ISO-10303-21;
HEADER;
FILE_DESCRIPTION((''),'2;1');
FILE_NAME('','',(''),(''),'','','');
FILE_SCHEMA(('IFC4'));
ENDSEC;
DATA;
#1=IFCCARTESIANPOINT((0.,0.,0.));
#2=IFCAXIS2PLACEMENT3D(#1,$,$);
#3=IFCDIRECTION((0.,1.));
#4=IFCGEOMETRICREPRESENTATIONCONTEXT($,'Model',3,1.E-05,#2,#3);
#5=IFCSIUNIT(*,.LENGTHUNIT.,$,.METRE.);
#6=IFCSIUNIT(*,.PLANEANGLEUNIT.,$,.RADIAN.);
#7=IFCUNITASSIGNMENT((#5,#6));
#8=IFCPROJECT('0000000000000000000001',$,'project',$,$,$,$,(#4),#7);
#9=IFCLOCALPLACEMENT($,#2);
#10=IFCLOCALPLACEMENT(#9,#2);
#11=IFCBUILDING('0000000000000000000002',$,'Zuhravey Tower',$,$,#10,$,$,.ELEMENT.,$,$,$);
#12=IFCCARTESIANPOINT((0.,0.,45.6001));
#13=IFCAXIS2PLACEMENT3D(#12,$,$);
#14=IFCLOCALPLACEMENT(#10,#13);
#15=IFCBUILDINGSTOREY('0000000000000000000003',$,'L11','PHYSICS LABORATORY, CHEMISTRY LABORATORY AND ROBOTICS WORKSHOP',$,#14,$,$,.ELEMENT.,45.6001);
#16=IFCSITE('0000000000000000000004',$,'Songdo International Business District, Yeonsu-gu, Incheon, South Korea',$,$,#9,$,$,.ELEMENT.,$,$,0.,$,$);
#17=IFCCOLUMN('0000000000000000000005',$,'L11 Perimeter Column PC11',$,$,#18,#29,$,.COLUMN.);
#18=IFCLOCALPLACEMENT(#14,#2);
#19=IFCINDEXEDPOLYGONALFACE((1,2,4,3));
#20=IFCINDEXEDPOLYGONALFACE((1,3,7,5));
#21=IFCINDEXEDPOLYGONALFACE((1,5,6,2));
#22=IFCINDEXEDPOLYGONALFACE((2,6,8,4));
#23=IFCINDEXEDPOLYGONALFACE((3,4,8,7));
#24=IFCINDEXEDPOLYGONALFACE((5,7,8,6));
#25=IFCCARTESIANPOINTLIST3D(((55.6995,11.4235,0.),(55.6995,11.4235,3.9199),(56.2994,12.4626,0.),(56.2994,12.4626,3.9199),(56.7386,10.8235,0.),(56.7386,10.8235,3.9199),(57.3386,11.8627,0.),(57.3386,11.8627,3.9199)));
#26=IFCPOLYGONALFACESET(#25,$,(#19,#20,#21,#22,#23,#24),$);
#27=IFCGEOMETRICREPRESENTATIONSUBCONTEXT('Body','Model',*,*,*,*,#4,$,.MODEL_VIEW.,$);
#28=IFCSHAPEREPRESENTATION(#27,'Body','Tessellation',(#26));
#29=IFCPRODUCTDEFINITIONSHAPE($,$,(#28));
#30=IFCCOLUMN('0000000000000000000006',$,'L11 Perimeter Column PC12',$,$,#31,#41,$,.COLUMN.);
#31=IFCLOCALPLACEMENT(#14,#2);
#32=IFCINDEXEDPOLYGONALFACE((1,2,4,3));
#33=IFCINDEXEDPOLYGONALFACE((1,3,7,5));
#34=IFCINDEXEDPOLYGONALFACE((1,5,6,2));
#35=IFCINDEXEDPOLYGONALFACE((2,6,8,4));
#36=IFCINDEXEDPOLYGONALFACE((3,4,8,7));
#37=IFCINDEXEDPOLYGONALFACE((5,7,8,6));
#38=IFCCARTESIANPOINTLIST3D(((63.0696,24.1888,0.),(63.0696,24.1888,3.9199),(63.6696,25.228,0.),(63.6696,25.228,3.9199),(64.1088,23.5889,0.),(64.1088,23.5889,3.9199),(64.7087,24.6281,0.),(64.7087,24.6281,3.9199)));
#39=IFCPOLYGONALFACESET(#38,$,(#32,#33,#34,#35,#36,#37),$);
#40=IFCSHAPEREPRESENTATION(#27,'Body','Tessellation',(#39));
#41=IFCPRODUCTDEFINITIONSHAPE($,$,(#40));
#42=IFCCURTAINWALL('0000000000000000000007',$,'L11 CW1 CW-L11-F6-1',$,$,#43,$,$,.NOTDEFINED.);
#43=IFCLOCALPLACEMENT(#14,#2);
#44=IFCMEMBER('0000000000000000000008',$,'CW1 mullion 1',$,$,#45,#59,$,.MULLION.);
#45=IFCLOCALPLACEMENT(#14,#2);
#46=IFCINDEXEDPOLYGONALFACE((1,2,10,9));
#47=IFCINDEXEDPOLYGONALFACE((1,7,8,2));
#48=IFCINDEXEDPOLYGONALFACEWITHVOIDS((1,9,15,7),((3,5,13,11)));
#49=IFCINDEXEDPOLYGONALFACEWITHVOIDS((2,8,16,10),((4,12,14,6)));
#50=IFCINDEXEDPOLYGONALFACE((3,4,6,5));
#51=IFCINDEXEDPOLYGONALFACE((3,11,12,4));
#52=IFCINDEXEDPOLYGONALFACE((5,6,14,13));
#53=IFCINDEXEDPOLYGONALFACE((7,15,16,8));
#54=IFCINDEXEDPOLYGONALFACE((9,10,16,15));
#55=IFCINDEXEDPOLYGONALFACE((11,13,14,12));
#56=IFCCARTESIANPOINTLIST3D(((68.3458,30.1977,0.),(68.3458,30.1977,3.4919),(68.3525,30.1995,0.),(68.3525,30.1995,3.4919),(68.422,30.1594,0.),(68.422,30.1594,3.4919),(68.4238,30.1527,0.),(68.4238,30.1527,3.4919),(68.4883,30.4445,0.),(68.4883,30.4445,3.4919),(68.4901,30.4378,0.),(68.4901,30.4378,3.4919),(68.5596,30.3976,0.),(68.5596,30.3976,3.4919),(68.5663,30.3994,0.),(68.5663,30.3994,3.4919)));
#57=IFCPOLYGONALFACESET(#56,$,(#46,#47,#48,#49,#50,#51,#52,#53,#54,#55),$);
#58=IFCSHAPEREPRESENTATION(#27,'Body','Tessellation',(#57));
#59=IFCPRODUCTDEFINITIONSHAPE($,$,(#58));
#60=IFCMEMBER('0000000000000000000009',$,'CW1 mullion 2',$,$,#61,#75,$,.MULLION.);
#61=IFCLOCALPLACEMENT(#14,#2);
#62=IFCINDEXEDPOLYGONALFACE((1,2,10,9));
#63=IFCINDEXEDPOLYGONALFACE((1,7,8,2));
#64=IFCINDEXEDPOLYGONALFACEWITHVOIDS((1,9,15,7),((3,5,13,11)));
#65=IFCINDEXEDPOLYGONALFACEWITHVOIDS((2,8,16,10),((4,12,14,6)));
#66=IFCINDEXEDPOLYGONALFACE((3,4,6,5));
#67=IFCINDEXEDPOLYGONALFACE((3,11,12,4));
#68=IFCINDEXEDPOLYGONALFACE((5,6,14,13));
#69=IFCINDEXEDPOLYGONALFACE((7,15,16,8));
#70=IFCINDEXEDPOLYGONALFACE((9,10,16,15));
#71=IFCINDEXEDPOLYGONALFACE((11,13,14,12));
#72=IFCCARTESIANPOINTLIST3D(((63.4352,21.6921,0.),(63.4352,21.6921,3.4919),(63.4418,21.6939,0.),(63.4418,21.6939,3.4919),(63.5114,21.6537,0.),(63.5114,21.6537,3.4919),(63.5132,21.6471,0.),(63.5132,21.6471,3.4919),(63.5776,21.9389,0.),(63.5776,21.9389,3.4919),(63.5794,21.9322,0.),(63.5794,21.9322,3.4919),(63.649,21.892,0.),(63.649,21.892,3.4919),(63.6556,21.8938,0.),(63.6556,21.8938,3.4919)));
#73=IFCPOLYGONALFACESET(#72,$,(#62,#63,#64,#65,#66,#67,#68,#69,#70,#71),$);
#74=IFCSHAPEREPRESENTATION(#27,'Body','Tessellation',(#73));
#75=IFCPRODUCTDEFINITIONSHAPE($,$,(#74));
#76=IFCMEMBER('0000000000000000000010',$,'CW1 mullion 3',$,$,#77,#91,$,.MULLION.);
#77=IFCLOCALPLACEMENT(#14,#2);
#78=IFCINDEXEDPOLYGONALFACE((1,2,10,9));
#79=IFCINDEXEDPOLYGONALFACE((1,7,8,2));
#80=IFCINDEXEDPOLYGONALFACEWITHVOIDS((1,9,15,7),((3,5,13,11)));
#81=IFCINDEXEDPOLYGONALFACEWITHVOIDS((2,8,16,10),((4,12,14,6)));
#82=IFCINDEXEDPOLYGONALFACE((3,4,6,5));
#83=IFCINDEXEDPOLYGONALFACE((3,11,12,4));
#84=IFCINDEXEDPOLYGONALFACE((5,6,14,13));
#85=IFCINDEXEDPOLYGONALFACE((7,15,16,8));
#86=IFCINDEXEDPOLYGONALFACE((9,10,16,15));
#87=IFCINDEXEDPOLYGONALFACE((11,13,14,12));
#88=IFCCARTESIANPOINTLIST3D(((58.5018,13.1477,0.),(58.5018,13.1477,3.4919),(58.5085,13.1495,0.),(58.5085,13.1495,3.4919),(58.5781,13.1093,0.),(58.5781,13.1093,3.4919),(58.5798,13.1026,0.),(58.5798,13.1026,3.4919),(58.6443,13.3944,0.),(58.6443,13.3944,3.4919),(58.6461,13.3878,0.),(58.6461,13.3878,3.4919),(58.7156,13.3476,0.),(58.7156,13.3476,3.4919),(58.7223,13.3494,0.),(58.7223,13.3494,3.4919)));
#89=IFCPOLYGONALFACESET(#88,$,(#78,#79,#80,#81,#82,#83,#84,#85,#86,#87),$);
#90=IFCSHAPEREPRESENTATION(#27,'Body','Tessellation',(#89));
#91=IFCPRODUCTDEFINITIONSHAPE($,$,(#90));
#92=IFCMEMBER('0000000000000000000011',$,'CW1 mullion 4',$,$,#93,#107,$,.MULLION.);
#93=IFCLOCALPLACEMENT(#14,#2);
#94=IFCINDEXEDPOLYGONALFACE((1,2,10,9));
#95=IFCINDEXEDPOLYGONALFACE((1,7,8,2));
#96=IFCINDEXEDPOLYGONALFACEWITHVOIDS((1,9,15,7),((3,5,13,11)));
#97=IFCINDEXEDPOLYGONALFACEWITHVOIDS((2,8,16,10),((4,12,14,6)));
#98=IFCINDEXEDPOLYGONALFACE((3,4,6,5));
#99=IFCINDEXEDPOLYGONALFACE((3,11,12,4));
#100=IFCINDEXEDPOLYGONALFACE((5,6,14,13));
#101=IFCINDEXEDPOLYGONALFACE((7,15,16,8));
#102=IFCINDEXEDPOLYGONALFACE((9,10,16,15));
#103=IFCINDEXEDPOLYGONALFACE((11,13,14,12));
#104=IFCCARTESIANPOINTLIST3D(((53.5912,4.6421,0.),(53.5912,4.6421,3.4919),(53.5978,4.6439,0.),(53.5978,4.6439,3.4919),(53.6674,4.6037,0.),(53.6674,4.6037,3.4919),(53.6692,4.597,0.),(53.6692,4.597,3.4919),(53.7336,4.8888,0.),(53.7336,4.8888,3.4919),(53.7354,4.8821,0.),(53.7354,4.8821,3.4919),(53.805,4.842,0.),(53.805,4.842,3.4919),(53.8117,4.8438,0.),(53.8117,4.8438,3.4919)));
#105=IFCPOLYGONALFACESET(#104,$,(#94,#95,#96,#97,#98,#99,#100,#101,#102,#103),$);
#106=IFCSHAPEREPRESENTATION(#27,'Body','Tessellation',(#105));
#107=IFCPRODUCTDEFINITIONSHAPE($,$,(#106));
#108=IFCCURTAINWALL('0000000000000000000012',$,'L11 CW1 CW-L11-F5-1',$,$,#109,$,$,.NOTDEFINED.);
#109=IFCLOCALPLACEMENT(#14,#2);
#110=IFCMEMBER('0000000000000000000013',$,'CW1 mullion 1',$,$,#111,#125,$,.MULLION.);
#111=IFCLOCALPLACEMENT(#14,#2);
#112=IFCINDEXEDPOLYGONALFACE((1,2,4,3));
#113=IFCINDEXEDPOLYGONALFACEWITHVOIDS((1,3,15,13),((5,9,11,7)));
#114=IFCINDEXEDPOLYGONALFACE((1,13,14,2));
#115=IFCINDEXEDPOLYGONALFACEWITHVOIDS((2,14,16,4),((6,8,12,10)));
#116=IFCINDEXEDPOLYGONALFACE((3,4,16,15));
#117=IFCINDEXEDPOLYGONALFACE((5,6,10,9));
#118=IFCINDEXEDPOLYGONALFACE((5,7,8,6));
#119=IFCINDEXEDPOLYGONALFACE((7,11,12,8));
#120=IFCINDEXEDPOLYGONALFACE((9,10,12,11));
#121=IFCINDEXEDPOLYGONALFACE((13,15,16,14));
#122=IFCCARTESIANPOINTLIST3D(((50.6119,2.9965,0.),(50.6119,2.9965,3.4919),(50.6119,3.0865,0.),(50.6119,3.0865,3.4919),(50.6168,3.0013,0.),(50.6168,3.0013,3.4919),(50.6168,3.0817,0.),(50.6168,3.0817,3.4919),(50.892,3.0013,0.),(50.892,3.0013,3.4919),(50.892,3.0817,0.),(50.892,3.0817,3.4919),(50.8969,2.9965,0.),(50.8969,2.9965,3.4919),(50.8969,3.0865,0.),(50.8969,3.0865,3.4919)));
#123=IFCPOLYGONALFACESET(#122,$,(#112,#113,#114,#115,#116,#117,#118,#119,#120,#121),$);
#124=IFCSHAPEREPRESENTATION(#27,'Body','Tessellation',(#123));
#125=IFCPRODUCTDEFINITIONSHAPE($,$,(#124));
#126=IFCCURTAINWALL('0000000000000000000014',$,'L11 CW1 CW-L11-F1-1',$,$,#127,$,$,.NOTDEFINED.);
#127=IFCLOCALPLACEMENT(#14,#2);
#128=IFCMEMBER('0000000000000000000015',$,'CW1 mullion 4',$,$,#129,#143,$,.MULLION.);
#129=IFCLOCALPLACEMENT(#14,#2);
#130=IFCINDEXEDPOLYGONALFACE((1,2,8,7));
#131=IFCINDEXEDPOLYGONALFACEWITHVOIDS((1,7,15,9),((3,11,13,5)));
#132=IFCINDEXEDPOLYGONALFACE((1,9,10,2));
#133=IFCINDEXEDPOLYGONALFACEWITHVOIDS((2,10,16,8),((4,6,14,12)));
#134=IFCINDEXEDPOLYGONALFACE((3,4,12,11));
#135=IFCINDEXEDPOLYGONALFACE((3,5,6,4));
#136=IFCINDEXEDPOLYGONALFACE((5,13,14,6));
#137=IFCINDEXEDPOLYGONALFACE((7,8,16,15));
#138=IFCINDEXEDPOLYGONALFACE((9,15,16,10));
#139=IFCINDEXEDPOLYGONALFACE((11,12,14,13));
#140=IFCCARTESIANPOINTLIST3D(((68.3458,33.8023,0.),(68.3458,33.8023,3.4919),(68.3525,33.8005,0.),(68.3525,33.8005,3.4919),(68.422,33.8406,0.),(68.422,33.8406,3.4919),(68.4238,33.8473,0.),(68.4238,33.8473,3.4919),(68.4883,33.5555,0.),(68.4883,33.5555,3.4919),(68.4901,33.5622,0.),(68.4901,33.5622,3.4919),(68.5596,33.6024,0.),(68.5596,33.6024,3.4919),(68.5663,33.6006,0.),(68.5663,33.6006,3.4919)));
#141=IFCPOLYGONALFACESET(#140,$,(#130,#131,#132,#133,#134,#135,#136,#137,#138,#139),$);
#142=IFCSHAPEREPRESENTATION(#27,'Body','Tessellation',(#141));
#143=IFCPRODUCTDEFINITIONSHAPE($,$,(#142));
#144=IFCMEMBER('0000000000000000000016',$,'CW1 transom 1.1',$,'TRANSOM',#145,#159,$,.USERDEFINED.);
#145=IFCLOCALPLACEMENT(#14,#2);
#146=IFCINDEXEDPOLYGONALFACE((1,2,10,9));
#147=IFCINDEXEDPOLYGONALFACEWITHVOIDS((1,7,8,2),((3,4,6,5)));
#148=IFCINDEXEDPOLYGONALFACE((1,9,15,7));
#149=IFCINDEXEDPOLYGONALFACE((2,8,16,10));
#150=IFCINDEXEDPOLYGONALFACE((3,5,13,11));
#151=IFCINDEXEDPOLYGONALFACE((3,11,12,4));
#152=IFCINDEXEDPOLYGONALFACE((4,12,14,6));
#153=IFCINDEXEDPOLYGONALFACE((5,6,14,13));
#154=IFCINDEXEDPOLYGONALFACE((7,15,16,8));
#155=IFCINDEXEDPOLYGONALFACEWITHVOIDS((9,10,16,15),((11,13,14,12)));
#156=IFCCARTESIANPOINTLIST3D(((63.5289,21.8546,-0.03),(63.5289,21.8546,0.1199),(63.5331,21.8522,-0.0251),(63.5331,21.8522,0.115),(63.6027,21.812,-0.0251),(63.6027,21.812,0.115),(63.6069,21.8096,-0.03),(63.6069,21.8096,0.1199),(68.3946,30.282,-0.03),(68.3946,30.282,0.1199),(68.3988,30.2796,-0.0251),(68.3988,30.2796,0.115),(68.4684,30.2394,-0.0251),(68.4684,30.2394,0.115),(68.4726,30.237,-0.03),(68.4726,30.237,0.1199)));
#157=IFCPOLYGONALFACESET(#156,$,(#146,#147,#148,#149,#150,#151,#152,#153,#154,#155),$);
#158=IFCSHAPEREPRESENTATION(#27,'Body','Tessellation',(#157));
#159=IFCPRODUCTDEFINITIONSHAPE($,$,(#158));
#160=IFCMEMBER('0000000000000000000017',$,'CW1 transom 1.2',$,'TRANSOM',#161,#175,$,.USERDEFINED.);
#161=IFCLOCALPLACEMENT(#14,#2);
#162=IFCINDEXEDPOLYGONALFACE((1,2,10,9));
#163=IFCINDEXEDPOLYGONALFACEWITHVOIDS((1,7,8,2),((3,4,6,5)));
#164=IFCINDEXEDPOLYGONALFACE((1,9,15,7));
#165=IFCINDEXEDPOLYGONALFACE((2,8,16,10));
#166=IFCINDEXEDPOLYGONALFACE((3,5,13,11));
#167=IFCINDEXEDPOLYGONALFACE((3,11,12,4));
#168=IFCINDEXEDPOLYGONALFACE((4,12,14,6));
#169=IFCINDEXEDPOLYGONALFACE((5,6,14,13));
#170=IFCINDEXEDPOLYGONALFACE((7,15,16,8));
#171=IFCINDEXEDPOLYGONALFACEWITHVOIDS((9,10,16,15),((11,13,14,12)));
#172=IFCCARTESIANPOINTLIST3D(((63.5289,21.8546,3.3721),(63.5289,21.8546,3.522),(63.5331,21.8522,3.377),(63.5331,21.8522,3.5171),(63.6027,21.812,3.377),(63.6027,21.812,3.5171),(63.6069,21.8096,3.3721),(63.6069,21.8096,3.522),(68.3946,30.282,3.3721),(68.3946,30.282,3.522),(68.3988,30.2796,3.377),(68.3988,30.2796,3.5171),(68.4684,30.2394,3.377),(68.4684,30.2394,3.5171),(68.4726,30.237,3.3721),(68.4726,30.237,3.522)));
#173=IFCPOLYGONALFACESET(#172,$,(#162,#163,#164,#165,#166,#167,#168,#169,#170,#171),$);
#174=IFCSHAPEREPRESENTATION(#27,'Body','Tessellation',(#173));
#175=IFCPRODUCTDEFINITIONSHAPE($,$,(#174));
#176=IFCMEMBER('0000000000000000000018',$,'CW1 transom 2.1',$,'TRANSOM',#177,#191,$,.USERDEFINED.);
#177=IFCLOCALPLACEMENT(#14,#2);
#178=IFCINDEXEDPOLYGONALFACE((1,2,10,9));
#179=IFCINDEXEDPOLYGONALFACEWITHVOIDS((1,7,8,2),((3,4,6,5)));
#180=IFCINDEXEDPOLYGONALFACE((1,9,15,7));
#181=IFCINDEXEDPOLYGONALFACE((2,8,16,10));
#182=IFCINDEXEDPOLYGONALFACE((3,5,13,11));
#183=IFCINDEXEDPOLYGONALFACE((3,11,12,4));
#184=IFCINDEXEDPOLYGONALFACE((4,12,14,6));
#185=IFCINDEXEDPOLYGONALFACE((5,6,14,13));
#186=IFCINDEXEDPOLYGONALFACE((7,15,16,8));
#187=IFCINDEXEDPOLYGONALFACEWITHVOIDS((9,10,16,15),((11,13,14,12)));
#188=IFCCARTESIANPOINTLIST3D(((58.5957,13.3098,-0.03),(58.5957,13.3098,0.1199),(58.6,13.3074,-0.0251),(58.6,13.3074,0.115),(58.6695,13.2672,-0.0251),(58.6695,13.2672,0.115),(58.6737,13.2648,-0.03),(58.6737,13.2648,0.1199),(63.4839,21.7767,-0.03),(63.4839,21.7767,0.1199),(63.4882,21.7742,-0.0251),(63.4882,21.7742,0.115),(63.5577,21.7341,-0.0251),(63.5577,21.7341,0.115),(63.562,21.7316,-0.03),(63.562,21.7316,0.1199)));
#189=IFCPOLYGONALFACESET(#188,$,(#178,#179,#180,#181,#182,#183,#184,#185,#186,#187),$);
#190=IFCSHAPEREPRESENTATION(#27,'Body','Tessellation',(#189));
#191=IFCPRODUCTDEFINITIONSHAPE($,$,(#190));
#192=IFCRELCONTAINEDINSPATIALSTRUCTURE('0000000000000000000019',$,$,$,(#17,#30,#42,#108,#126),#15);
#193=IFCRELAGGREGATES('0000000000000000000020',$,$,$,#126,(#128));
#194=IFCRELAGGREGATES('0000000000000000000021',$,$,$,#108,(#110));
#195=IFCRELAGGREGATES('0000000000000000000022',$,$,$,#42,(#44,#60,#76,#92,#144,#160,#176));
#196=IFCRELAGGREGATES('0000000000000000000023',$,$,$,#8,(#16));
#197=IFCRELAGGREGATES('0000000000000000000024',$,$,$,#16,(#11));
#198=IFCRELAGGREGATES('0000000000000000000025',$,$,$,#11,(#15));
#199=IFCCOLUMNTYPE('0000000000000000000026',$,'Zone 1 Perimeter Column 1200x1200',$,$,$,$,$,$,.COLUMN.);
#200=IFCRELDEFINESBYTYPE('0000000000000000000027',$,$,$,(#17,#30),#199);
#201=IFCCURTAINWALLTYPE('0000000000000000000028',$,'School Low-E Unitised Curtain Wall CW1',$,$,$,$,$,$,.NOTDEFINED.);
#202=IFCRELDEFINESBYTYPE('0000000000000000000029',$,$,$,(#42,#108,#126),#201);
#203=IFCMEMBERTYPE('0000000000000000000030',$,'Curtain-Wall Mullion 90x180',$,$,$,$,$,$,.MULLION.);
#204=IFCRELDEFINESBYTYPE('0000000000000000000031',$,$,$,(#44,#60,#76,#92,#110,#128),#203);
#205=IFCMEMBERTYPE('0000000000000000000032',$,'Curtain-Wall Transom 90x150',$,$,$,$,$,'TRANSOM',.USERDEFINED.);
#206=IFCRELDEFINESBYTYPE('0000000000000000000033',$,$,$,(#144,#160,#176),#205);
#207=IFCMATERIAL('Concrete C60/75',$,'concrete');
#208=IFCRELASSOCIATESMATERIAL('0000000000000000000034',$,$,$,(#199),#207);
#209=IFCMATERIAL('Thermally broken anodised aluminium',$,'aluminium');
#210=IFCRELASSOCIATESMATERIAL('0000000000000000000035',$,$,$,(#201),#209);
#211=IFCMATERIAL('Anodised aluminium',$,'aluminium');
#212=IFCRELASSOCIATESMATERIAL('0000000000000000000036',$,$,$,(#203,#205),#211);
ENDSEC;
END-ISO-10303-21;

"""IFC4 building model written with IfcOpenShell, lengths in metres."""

from ifc_helpers import new_model, si_unit, direction, frame, origin, origin_2d, place, context, subcontext, project, spatial, rectangle, hollow_rectangle, extrude, material, material_profile, profile_set, type_object, element, aggregate, save


model = new_model("IFC4")

# Units and contexts
model_context = context("Model", 3, precision=1e-05, world=origin(), true_north=direction((0.0, 1.0)))
body_context = subcontext(model_context, "Body", "Model", "MODEL_VIEW")
ifc_project = project(units=[si_unit("LENGTHUNIT", "METRE"), si_unit("PLANEANGLEUNIT", "RADIAN")], contexts=[model_context])

# Site, building, storey
site_placement = place(None, origin())
site = spatial("IfcSite", under=ifc_project, at=site_placement, Name="Songdo International Business District, Yeonsu-gu, Incheon, South Korea", CompositionType="ELEMENT", RefElevation=0.0)
building_placement = place(site_placement, origin())
building = spatial("IfcBuilding", under=site, at=building_placement, Name="Zuhravey Tower", CompositionType="ELEMENT")
storey_placement = place(building_placement, frame((0.0, 0.0, 45.6001)))
storey = spatial("IfcBuildingStorey", under=building, at=storey_placement, Name="L11", Description="PHYSICS LABORATORY, CHEMISTRY LABORATORY AND ROBOTICS WORKSHOP", CompositionType="ELEMENT", Elevation=45.6001)

# Columns
ifc_material_1 = material(Name="Concrete C60/75", Category="concrete")
ifc_material_profile_1 = material_profile(ifc_material_1, rectangle(XDim=1.2, YDim=1.2, at=origin_2d()), Name="RC-1200x1200")
ifc_profile_set_1 = profile_set([ifc_material_profile_1], Name="Concrete C60/75")
column_type = type_object("IfcColumnType", Name="Zone 1 Perimeter Column 1200x1200", PredefinedType="COLUMN", material=ifc_profile_set_1)
for number, where, z_axis, x_axis, name in (
    (1, (56.519, 11.6431, 0.0), (0.0, 0.0, 1.0), (0.5, 0.866025, 0.0), "L11 Perimeter Column PC11"),
    (2, (63.8892, 24.4084, 0.0), (0.0, 0.0, 1.0), (0.5, 0.866025, 0.0), "L11 Perimeter Column PC12"),
):
    element("IfcColumn", number, at=place(storey_placement, frame(where, z_axis=z_axis, x_axis=x_axis)), inside=storey, type_object=column_type, Name=name, PredefinedType="COLUMN", context=body_context, shape_type="SweptSolid", body=[
        extrude(rectangle(XDim=1.2, YDim=1.2, at=origin_2d()), origin(), (0.0, 0.0, 1.0), 3.9199),
    ])

# Curtain wall, members
ifc_material_2 = material(Name="Thermally broken anodised aluminium", Category="aluminium")
curtain_wall_type = type_object("IfcCurtainWallType", Name="School Low-E Unitised Curtain Wall CW1", PredefinedType="NOTDEFINED", material=ifc_material_2)
curtain_wall_1_placement = place(storey_placement, origin())
curtain_wall_1 = element("IfcCurtainWall", 3, at=curtain_wall_1_placement, inside=storey, type_object=curtain_wall_type, Name="L11 CW1 CW-L11-F6-1", PredefinedType="NOTDEFINED")
ifc_material_3 = material(Name="Anodised aluminium", Category="aluminium")
ifc_material_profile_2 = material_profile(ifc_material_3, hollow_rectangle(XDim=0.0901, YDim=0.2849, WallThickness=0.0049, at=origin_2d()), Name="ALU-RHS-90x285x5")
ifc_profile_set_2 = profile_set([ifc_material_profile_2], Name="Anodised aluminium")
member_type_1 = type_object("IfcMemberType", Name="Curtain-Wall Mullion 90x180", PredefinedType="MULLION", material=ifc_profile_set_2)
member_1_placement = place(storey_placement, frame((68.4561, 30.2986, 0.0), z_axis=(0.0, 0.0, 1.0), x_axis=(0.866026, -0.5, 0.0)))
member_1 = element("IfcMember", 4, at=member_1_placement, type_object=member_type_1, Name="CW1 mullion 1", PredefinedType="MULLION", context=body_context, shape_type="SweptSolid", body=[
    extrude(hollow_rectangle(XDim=0.0901, YDim=0.2849, WallThickness=0.0049, at=origin_2d()), origin(), (0.0, 0.0, 1.0), 3.4919),
])
member_2_placement = place(storey_placement, frame((63.5454, 21.793, 0.0), z_axis=(0.0, 0.0, 1.0), x_axis=(0.866026, -0.5, 0.0)))
member_2 = element("IfcMember", 5, at=member_2_placement, type_object=member_type_1, Name="CW1 mullion 2", PredefinedType="MULLION", context=body_context, shape_type="SweptSolid", body=[
    extrude(hollow_rectangle(XDim=0.0901, YDim=0.2849, WallThickness=0.0049, at=origin_2d()), origin(), (0.0, 0.0, 1.0), 3.4919),
])
member_3_placement = place(storey_placement, frame((58.6121, 13.2485, 0.0), z_axis=(0.0, 0.0, 1.0), x_axis=(0.866026, -0.5, 0.0)))
member_3 = element("IfcMember", 6, at=member_3_placement, type_object=member_type_1, Name="CW1 mullion 3", PredefinedType="MULLION", context=body_context, shape_type="SweptSolid", body=[
    extrude(hollow_rectangle(XDim=0.0901, YDim=0.2849, WallThickness=0.0049, at=origin_2d()), origin(), (0.0, 0.0, 1.0), 3.4919),
])
member_4_placement = place(storey_placement, frame((53.7014, 4.7429, 0.0), z_axis=(0.0, 0.0, 1.0), x_axis=(0.866026, -0.5, 0.0)))
member_4 = element("IfcMember", 7, at=member_4_placement, type_object=member_type_1, Name="CW1 mullion 4", PredefinedType="MULLION", context=body_context, shape_type="SweptSolid", body=[
    extrude(hollow_rectangle(XDim=0.0901, YDim=0.2849, WallThickness=0.0049, at=origin_2d()), origin(), (0.0, 0.0, 1.0), 3.4919),
])

# Curtain walls, members
curtain_wall_2_placement = place(storey_placement, origin())
curtain_wall_2 = element("IfcCurtainWall", 8, at=curtain_wall_2_placement, inside=storey, type_object=curtain_wall_type, Name="L11 CW1 CW-L11-F5-1", PredefinedType="NOTDEFINED")
member_5_placement = place(storey_placement, frame((50.7544, 3.0415, 0.0), z_axis=(0.0, 0.0, 1.0), x_axis=(0.0, -1.0, 0.0)))
member_5 = element("IfcMember", 9, at=member_5_placement, type_object=member_type_1, Name="CW1 mullion 1", PredefinedType="MULLION", context=body_context, shape_type="SweptSolid", body=[
    extrude(hollow_rectangle(XDim=0.0901, YDim=0.2849, WallThickness=0.0049, at=origin_2d()), origin(), (0.0, 0.0, 1.0), 3.4919),
])
curtain_wall_3_placement = place(storey_placement, origin())
curtain_wall_3 = element("IfcCurtainWall", 10, at=curtain_wall_3_placement, inside=storey, type_object=curtain_wall_type, Name="L11 CW1 CW-L11-F1-1", PredefinedType="NOTDEFINED")
member_6_placement = place(storey_placement, frame((68.4561, 33.7014, 0.0), z_axis=(0.0, 0.0, 1.0), x_axis=(0.866026, 0.5, 0.0)))
member_6 = element("IfcMember", 11, at=member_6_placement, type_object=member_type_1, Name="CW1 mullion 4", PredefinedType="MULLION", context=body_context, shape_type="SweptSolid", body=[
    extrude(hollow_rectangle(XDim=0.0901, YDim=0.2849, WallThickness=0.0049, at=origin_2d()), origin(), (0.0, 0.0, 1.0), 3.4919),
])
aggregate(curtain_wall_3, [member_6])

# Members
ifc_material_profile_3 = material_profile(ifc_material_3, hollow_rectangle(XDim=0.0901, YDim=0.1499, WallThickness=0.0049, at=origin_2d()), Name="ALU-RHS-90x150x5")
ifc_profile_set_3 = profile_set([ifc_material_profile_3], Name="Anodised aluminium")
member_type_2 = type_object("IfcMemberType", Name="Curtain-Wall Transom 90x150", ElementType="TRANSOM", PredefinedType="USERDEFINED", material=ifc_profile_set_3)
member_7_placement = place(storey_placement, frame((68.4336, 30.2595, 0.0449), z_axis=(-0.500008, -0.866021, 0.0), x_axis=(0.866021, -0.500008, 0.0)))
member_7 = element("IfcMember", 12, at=member_7_placement, type_object=member_type_2, Name="CW1 transom 1.1", ObjectType="TRANSOM", PredefinedType="USERDEFINED", context=body_context, shape_type="SweptSolid", body=[
    extrude(hollow_rectangle(XDim=0.0901, YDim=0.1499, WallThickness=0.0049, at=origin_2d()), origin(), (0.0, 0.0, 1.0), 9.7312),
])
member_8_placement = place(storey_placement, frame((68.4336, 30.2595, 3.447), z_axis=(-0.500008, -0.866021, 0.0), x_axis=(0.866021, -0.500008, 0.0)))
member_8 = element("IfcMember", 13, at=member_8_placement, type_object=member_type_2, Name="CW1 transom 1.2", ObjectType="TRANSOM", PredefinedType="USERDEFINED", context=body_context, shape_type="SweptSolid", body=[
    extrude(hollow_rectangle(XDim=0.0901, YDim=0.1499, WallThickness=0.0049, at=origin_2d()), origin(), (0.0, 0.0, 1.0), 9.7312),
])
member_9_placement = place(storey_placement, frame((63.5229, 21.7542, 0.0449), z_axis=(-0.49999, -0.866031, 0.0), x_axis=(0.866031, -0.49999, 0.0)))
member_9 = element("IfcMember", 14, at=member_9_placement, type_object=member_type_2, Name="CW1 transom 2.1", ObjectType="TRANSOM", PredefinedType="USERDEFINED", context=body_context, shape_type="SweptSolid", body=[
    extrude(hollow_rectangle(XDim=0.0901, YDim=0.1499, WallThickness=0.0049, at=origin_2d()), origin(), (0.0, 0.0, 1.0), 9.7766),
])
aggregate(curtain_wall_2, [member_5])

aggregate(curtain_wall_1, [member_1, member_2, member_3, member_4, member_7, member_8, member_9])

save(model, "model.ifc")
